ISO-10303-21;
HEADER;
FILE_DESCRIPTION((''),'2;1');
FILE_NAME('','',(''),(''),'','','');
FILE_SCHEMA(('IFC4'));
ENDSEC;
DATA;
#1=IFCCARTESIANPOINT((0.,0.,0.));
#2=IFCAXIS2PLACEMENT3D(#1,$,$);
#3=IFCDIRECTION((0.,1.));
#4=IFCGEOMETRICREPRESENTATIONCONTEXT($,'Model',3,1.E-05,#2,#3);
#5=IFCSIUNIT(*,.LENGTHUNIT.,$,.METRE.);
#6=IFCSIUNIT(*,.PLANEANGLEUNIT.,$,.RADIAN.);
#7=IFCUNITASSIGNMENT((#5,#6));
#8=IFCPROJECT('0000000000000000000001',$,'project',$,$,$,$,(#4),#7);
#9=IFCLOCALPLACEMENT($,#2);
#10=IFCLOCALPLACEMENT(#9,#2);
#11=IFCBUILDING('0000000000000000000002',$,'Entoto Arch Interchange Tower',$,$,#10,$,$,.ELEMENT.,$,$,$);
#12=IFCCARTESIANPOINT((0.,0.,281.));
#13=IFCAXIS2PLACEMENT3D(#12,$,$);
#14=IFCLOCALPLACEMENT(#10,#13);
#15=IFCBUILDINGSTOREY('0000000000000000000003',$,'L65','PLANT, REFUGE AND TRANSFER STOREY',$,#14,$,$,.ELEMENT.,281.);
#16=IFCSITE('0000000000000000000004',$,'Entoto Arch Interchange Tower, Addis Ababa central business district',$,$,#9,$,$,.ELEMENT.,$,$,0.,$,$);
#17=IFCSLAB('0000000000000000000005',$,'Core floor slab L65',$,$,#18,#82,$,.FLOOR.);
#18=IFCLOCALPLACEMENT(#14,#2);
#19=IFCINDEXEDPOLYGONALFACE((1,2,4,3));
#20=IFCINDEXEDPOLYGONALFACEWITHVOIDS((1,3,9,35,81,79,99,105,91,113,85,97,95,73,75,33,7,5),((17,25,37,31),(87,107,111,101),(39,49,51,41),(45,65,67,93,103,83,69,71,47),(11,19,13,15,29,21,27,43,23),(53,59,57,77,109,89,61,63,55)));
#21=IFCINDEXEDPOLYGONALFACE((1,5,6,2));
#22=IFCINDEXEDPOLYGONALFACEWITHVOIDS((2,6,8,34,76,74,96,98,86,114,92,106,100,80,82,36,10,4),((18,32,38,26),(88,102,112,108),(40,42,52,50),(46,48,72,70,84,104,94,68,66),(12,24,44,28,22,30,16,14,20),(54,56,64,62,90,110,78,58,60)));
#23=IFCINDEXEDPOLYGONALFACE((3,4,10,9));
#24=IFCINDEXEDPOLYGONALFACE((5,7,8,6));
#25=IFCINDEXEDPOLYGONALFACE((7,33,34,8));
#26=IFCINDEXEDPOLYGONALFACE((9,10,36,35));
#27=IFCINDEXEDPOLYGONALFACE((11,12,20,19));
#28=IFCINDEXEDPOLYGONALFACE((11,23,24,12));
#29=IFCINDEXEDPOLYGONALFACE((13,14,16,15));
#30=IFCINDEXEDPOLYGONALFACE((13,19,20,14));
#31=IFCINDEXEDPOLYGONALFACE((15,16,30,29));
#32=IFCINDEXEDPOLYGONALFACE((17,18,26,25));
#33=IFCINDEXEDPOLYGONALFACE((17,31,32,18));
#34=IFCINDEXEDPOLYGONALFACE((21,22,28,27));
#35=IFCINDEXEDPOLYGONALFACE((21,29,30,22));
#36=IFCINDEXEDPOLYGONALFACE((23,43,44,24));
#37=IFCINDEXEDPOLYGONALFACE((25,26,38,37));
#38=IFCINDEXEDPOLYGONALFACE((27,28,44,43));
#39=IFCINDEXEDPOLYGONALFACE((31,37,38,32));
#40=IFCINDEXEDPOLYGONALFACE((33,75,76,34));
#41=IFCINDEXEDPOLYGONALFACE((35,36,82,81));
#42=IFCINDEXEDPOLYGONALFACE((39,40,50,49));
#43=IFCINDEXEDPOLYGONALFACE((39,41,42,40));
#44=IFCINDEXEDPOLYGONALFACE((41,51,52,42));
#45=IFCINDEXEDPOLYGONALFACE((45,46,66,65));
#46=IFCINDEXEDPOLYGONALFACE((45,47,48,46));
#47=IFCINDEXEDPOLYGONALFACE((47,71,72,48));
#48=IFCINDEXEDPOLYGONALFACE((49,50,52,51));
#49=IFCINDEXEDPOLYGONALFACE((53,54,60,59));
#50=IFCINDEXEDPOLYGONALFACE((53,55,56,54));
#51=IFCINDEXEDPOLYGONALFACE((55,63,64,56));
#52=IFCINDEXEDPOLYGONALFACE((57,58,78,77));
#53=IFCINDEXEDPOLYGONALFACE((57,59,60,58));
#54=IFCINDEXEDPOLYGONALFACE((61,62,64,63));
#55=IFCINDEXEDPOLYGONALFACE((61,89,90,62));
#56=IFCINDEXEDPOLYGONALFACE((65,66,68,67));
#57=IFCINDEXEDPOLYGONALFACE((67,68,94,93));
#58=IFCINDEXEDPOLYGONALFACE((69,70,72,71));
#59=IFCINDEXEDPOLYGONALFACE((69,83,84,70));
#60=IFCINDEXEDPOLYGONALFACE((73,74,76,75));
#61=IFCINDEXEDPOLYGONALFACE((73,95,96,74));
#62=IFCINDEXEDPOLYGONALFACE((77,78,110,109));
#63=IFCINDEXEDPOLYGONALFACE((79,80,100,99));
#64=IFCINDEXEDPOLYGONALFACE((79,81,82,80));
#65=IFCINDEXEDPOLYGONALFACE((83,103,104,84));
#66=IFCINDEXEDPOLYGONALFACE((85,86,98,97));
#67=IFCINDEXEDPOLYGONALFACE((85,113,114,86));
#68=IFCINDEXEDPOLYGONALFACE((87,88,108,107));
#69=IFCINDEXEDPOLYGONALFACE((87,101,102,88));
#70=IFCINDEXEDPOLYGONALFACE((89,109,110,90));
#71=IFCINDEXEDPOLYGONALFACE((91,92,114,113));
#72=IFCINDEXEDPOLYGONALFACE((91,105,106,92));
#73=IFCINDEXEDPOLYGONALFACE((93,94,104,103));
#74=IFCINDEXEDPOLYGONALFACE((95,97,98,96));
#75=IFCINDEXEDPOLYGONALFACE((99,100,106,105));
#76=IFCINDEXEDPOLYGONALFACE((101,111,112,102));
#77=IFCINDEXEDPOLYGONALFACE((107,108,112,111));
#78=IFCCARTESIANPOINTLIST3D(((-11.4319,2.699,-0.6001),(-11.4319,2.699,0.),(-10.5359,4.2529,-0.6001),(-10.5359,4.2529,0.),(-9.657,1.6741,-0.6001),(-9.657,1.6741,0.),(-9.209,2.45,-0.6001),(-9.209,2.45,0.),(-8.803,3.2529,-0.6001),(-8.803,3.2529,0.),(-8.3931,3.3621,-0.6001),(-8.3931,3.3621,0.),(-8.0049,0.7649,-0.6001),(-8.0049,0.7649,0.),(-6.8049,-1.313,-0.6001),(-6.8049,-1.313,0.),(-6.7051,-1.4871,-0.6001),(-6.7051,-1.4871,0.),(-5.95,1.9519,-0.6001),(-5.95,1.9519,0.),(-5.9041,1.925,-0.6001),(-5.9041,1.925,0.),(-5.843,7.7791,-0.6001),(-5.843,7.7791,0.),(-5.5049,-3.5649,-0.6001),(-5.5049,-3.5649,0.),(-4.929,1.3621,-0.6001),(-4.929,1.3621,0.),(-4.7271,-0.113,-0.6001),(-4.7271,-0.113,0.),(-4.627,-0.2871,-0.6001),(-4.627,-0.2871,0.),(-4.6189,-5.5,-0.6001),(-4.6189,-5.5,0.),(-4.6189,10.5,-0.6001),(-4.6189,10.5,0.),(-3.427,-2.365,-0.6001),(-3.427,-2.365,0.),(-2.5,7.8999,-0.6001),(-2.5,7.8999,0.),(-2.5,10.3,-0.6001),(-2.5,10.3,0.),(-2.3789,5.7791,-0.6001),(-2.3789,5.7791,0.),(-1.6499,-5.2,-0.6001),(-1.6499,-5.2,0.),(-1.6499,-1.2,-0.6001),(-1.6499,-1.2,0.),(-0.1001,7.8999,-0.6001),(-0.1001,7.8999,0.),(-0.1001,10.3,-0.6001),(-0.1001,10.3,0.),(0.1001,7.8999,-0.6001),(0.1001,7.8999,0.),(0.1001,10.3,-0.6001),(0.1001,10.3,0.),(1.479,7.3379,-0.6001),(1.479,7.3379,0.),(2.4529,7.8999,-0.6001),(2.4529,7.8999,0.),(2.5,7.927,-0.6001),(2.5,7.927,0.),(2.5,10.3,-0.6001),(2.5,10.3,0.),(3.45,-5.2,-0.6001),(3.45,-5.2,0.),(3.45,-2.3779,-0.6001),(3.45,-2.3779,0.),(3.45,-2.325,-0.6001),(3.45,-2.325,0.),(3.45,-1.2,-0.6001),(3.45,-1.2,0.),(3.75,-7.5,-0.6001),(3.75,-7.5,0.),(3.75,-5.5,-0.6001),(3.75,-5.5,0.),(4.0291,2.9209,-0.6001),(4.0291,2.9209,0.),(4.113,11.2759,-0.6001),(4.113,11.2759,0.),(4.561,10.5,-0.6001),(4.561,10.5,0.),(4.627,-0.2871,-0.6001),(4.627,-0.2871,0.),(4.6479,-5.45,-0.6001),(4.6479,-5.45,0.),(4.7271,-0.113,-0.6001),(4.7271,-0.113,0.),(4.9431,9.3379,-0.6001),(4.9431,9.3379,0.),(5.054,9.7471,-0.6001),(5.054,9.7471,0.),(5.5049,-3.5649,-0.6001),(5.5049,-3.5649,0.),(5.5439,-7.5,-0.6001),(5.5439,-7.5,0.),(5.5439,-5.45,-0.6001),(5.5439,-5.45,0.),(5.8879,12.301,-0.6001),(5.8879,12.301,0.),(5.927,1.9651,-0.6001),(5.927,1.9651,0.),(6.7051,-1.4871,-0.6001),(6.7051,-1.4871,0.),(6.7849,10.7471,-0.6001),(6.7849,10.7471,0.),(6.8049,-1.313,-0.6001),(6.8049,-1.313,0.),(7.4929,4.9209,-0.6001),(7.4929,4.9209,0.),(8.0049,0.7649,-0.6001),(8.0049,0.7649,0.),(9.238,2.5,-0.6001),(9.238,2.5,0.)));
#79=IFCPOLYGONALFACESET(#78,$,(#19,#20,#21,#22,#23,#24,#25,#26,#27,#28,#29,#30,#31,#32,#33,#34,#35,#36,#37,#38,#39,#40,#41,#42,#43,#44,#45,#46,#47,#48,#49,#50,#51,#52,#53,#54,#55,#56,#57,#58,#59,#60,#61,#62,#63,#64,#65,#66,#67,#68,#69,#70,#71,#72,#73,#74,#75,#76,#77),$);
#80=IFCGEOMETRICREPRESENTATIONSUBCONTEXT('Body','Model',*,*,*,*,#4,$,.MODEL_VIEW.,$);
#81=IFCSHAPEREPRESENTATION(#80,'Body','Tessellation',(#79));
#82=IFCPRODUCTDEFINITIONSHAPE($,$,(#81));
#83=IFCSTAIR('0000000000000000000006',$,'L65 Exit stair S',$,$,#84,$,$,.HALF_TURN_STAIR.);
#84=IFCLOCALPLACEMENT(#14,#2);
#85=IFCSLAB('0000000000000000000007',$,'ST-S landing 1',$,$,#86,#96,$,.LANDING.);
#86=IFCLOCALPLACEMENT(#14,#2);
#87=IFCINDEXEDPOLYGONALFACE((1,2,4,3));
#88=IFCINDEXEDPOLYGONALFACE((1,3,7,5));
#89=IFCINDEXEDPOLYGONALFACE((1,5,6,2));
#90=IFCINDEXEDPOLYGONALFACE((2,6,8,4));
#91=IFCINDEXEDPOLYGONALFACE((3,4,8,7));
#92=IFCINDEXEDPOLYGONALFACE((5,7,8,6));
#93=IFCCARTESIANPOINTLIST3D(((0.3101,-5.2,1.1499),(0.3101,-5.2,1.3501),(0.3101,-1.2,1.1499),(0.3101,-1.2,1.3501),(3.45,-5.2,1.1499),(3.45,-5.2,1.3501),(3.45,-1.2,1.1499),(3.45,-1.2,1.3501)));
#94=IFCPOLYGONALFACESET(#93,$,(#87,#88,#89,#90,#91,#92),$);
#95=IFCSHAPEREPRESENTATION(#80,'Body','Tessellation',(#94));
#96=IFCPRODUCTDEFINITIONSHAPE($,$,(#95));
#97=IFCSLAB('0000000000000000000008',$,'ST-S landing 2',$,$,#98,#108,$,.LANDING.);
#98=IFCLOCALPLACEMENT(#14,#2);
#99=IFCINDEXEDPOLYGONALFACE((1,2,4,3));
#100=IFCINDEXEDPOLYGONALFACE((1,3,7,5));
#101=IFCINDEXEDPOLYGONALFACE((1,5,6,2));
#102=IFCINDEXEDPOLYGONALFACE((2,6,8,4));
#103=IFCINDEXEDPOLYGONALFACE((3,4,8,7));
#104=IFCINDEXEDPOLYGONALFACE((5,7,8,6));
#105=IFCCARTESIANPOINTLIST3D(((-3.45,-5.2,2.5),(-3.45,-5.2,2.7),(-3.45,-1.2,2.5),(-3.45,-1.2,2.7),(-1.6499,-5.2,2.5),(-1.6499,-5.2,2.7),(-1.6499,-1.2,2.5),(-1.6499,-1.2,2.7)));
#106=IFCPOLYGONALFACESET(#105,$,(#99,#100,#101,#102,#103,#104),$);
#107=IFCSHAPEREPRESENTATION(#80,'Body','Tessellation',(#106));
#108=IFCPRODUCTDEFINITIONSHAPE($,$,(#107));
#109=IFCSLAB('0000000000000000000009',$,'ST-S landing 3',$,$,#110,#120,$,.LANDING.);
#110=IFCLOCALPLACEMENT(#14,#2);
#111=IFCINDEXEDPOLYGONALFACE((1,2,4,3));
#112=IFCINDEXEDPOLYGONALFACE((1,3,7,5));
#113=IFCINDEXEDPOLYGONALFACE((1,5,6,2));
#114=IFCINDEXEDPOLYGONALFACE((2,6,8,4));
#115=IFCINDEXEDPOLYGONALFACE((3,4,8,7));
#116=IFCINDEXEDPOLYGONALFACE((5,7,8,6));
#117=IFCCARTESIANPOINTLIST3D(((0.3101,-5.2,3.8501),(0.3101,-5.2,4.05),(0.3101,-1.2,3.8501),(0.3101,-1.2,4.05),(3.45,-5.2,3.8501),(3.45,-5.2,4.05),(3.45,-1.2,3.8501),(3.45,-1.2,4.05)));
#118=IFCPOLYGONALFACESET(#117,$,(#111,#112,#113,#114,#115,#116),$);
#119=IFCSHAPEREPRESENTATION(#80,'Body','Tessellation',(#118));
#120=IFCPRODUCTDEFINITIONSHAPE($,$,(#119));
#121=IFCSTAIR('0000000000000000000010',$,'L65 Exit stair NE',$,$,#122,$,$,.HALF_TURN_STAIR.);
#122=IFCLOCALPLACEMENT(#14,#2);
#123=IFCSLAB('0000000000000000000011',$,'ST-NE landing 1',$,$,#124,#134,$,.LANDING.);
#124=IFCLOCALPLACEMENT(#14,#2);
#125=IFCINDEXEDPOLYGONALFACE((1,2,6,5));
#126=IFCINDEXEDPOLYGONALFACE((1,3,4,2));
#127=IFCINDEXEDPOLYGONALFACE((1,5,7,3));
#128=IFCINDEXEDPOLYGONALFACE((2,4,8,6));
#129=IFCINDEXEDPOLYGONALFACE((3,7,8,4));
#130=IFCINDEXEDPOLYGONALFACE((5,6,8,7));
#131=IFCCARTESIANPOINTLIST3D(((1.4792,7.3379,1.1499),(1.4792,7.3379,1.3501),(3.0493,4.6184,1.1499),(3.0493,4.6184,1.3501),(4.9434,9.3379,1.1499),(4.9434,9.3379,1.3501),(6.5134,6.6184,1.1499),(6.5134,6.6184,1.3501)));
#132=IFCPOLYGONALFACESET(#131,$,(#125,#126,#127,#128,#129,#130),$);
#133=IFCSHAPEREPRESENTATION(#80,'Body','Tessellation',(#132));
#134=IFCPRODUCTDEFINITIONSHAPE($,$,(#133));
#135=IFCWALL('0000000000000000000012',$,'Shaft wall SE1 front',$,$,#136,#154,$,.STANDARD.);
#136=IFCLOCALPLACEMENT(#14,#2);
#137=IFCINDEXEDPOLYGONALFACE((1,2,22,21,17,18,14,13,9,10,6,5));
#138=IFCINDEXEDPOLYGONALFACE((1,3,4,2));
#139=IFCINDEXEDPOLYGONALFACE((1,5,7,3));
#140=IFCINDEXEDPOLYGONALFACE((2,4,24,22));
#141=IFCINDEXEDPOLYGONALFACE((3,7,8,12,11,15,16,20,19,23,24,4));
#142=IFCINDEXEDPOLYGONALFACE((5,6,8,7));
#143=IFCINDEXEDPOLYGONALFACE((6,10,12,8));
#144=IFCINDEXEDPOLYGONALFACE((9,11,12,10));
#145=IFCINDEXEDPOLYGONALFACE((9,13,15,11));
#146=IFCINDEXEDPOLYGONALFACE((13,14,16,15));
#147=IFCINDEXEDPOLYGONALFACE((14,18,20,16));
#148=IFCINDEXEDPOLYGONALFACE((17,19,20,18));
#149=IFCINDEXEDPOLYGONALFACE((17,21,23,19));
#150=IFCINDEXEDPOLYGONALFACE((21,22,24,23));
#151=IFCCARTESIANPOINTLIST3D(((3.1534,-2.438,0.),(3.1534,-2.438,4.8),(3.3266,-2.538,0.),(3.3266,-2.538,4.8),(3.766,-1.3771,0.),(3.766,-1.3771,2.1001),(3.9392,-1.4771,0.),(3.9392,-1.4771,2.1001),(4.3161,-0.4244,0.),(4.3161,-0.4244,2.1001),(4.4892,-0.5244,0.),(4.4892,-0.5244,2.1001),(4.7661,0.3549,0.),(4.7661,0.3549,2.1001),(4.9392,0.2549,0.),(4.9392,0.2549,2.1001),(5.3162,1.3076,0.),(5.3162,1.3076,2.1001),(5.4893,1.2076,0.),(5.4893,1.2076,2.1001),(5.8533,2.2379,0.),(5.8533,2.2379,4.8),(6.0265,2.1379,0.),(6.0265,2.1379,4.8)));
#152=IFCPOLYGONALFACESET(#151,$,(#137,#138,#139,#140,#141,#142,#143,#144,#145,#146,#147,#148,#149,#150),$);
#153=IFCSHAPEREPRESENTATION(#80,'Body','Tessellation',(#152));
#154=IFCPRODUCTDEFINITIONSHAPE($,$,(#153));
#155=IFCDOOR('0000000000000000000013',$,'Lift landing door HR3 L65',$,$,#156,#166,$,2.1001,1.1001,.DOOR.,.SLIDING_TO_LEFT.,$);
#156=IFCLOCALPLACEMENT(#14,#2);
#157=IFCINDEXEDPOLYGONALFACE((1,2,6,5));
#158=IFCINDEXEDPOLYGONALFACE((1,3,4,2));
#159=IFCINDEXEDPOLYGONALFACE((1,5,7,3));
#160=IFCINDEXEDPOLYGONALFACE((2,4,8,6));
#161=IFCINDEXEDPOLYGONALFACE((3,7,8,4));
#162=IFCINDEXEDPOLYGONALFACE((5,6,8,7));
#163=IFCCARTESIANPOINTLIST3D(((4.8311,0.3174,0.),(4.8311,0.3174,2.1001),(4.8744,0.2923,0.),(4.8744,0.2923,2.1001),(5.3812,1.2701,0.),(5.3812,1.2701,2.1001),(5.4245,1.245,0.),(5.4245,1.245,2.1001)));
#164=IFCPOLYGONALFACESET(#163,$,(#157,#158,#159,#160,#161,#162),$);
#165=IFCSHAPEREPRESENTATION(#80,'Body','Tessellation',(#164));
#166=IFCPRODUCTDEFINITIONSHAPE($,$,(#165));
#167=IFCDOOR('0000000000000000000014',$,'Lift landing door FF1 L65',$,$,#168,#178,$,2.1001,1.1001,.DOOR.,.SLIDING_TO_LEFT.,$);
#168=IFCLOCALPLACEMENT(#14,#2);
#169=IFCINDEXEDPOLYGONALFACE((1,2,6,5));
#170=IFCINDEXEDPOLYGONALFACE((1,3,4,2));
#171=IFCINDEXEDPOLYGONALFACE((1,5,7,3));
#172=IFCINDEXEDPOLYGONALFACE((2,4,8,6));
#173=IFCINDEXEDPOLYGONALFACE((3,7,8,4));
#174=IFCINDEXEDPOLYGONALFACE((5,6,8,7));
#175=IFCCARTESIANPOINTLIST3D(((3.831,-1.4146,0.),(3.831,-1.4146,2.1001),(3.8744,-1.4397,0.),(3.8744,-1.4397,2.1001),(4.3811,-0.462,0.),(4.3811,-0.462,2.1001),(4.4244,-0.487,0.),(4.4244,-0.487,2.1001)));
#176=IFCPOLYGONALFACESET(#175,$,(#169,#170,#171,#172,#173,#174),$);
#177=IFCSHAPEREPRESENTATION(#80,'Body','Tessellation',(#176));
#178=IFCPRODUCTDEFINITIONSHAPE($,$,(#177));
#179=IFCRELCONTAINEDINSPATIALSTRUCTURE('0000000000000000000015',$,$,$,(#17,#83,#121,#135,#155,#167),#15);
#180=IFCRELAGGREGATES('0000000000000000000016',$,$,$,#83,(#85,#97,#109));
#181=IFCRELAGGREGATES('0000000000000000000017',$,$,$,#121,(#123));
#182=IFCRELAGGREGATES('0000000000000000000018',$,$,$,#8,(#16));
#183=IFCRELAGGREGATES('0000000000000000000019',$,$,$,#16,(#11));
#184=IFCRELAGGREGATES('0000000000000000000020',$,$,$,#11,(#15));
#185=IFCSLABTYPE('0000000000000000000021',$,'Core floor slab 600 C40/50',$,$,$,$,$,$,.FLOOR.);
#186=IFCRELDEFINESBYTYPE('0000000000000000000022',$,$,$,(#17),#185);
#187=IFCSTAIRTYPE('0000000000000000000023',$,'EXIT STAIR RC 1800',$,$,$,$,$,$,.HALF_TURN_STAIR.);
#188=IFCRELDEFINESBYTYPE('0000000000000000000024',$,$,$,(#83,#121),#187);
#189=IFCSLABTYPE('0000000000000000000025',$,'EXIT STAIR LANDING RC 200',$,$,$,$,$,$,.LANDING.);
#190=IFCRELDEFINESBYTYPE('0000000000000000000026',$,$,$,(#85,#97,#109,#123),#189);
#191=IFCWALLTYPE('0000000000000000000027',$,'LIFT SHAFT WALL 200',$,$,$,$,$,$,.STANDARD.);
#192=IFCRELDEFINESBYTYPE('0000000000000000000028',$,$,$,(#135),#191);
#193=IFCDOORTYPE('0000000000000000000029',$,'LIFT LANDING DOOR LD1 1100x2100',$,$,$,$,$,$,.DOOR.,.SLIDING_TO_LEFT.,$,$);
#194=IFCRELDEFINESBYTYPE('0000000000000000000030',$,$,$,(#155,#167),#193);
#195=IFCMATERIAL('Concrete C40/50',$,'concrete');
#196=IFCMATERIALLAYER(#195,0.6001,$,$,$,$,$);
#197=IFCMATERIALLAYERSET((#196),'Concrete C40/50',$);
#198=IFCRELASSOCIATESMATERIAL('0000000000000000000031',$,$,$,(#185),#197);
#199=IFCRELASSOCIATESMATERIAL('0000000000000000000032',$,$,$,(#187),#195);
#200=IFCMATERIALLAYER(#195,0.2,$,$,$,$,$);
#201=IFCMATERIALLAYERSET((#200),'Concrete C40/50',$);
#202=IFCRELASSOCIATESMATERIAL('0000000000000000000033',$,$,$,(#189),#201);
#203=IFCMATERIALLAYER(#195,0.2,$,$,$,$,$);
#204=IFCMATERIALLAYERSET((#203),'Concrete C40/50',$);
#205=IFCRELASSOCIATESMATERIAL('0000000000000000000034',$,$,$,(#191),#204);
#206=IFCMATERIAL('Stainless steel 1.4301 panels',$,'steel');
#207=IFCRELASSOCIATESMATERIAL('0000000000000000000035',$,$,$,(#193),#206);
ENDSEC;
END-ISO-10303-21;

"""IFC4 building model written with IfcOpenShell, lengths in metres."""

from ifc_helpers import new_model, si_unit, direction, frame, frame_2d, origin, place, context, subcontext, project, spatial, polyline, rectangle, outline, extrude, material, layer, layer_set, type_object, element, fill, aggregate, save


model = new_model("IFC4")

# Units and contexts
model_context = context("Model", 3, precision=1e-05, world=origin(), true_north=direction((0.0, 1.0)))
body_context = subcontext(model_context, "Body", "Model", "MODEL_VIEW")
ifc_project = project(units=[si_unit("LENGTHUNIT", "METRE"), si_unit("PLANEANGLEUNIT", "RADIAN")], contexts=[model_context])

# Site, building, storey
site_placement = place(None, origin())
site = spatial("IfcSite", under=ifc_project, at=site_placement, Name="Entoto Arch Interchange Tower, Addis Ababa central business district", CompositionType="ELEMENT", RefElevation=0.0)
building_placement = place(site_placement, origin())
building = spatial("IfcBuilding", under=site, at=building_placement, Name="Entoto Arch Interchange Tower", CompositionType="ELEMENT")
storey_placement = place(building_placement, frame((0.0, 0.0, 281.0)))
storey = spatial("IfcBuildingStorey", under=building, at=storey_placement, Name="L65", Description="PLANT, REFUGE AND TRANSFER STOREY", CompositionType="ELEMENT", Elevation=281.0)

# Slab
ifc_material_1 = material(Name="Concrete C40/50", Category="concrete")
ifc_layer_1 = layer(ifc_material_1, 0.6001)
ifc_layer_set_1 = layer_set([ifc_layer_1], Name="Concrete C40/50")
slab_type_1 = type_object("IfcSlabType", Name="Core floor slab 600 C40/50", PredefinedType="FLOOR", material=ifc_layer_set_1)
slab_1_placement = place(storey_placement, frame((0.0, 0.0, -0.6001)))
element("IfcSlab", 1, at=slab_1_placement, inside=storey, type_object=slab_type_1, Name="Core floor slab L65", PredefinedType="FLOOR", context=body_context, shape_type="SweptSolid", body=[
    extrude(outline(polyline([(-9.209, 2.45), (-9.657, 1.6741), (-11.4319, 2.699), (-10.5359, 4.2529), (-8.803, 3.2529), (-4.6189, 10.5), (4.561, 10.5), (4.113, 11.2759), (5.8879, 12.301), (6.7849, 10.7471), (5.054, 9.7471), (9.238, 2.5), (4.6479, -5.45), (5.5439, -5.45), (5.5439, -7.5), (3.75, -7.5), (3.75, -5.5), (-4.6189, -5.5), (-9.209, 2.45)]), holes=[polyline([(-1.6499, -5.2), (3.45, -5.2), (3.45, -2.3779), (5.5049, -3.5649), (6.7051, -1.4871), (4.627, -0.2871), (3.45, -2.325), (3.45, -1.2), (-1.6499, -1.2), (-1.6499, -5.2)]), polyline([(-4.627, -0.2871), (-6.7051, -1.4871), (-5.5049, -3.5649), (-3.427, -2.365), (-4.627, -0.2871)]), polyline([(-5.9041, 1.925), (-4.929, 1.3621), (-2.3789, 5.7791), (-5.843, 7.7791), (-8.3931, 3.3621), (-5.95, 1.9519), (-8.0049, 0.7649), (-6.8049, -1.313), (-4.7271, -0.113), (-5.9041, 1.925)]), polyline([(4.7271, -0.113), (6.8049, -1.313), (8.0049, 0.7649), (5.927, 1.9651), (4.7271, -0.113)]), polyline([(2.5, 7.927), (2.5, 10.3), (0.1001, 10.3), (0.1001, 7.8999), (2.4529, 7.8999), (1.479, 7.3379), (4.0291, 2.9209), (7.4929, 4.9209), (4.9431, 9.3379), (2.5, 7.927)]), polyline([(-2.5, 7.8999), (-0.1001, 7.8999), (-0.1001, 10.3), (-2.5, 10.3), (-2.5, 7.8999)])]), origin(), (0.0, 0.0, 1.0), 0.6001),
])

# Stair, slabs
stair_type = type_object("IfcStairType", Name="EXIT STAIR RC 1800", PredefinedType="HALF_TURN_STAIR", material=ifc_material_1)
stair_1_placement = place(storey_placement, origin())
stair_1 = element("IfcStair", 2, at=stair_1_placement, inside=storey, type_object=stair_type, Name="L65 Exit stair S", PredefinedType="HALF_TURN_STAIR")
ifc_layer_2 = layer(ifc_material_1, 0.2)
ifc_layer_set_2 = layer_set([ifc_layer_2], Name="Concrete C40/50")
slab_type_2 = type_object("IfcSlabType", Name="EXIT STAIR LANDING RC 200", PredefinedType="LANDING", material=ifc_layer_set_2)
slab_2_placement = place(storey_placement, frame((0.0, 0.0, 1.1499)))
slab_2 = element("IfcSlab", 3, at=slab_2_placement, type_object=slab_type_2, Name="ST-S landing 1", PredefinedType="LANDING", context=body_context, shape_type="SweptSolid", body=[
    extrude(outline(polyline([(0.3101, -5.2), (3.45, -5.2), (3.45, -1.2), (0.3101, -1.2), (0.3101, -5.2)])), origin(), (0.0, 0.0, 1.0), 0.2002),
])
slab_3_placement = place(storey_placement, frame((0.0, 0.0, 2.5)))
slab_3 = element("IfcSlab", 4, at=slab_3_placement, type_object=slab_type_2, Name="ST-S landing 2", PredefinedType="LANDING", context=body_context, shape_type="SweptSolid", body=[
    extrude(outline(polyline([(-3.45, -5.2), (-1.6499, -5.2), (-1.6499, -1.2), (-3.45, -1.2), (-3.45, -5.2)])), origin(), (0.0, 0.0, 1.0), 0.2),
])
slab_4_placement = place(storey_placement, frame((0.0, 0.0, 3.8501)))
slab_4 = element("IfcSlab", 5, at=slab_4_placement, type_object=slab_type_2, Name="ST-S landing 3", PredefinedType="LANDING", context=body_context, shape_type="SweptSolid", body=[
    extrude(outline(polyline([(0.3101, -5.2), (3.45, -5.2), (3.45, -1.2), (0.3101, -1.2), (0.3101, -5.2)])), origin(), (0.0, 0.0, 1.0), 0.2),
])
aggregate(stair_1, [slab_2, slab_3, slab_4])

# Stair, slab
stair_2_placement = place(storey_placement, origin())
stair_2 = element("IfcStair", 6, at=stair_2_placement, inside=storey, type_object=stair_type, Name="L65 Exit stair NE", PredefinedType="HALF_TURN_STAIR")
slab_5_placement = place(storey_placement, frame((0.0, 0.0, 1.1499)))
slab_5 = element("IfcSlab", 7, at=slab_5_placement, type_object=slab_type_2, Name="ST-NE landing 1", PredefinedType="LANDING", context=body_context, shape_type="SweptSolid", body=[
    extrude(outline(polyline([(6.5134, 6.6184), (4.9434, 9.3379), (1.4792, 7.3379), (3.0493, 4.6184), (6.5134, 6.6184)])), origin(), (0.0, 0.0, 1.0), 0.2002),
])
aggregate(stair_2, [slab_5])

# Wall, openings, doors
ifc_layer_3 = layer(ifc_material_1, 0.2)
ifc_layer_set_3 = layer_set([ifc_layer_3], Name="Concrete C40/50")
wall_type_1 = type_object("IfcWallType", Name="LIFT SHAFT WALL 200", PredefinedType="STANDARD", material=ifc_layer_set_3)
wall_1_placement = place(storey_placement, frame((3.24, -2.488, 0.0), z_axis=(0.0, 0.0, 1.0), x_axis=(0.500034, 0.866006, 0.0)))
wall_1 = element("IfcWall", 8, at=wall_1_placement, inside=storey, type_object=wall_type_1, Name="Shaft wall SE1 front", PredefinedType="STANDARD", context=body_context, shape_type="SweptSolid", body=[
    extrude(rectangle(XDim=5.3994, YDim=0.2, at=frame_2d((2.6997, 0.0))), origin(), (0.0, 0.0, 1.0), 4.8),
])
opening_1_placement = place(wall_1_placement, frame((3.2251, 0.0, 0.0)))
opening_1 = element("IfcOpeningElement", 9, at=opening_1_placement, cuts=wall_1, PredefinedType="OPENING", context=body_context, shape_type="SweptSolid", body=[
    extrude(rectangle(XDim=1.1001, YDim=2.1001, at=frame_2d((0.55, 1.05))), frame((0.0, 0.1099, 0.0), z_axis=(0.0, -1.0, 0.0), x_axis=(1.0, 0.0, 0.0)), (0.0, 0.0, 1.0), 0.22),
])
opening_2_placement = place(wall_1_placement, frame((1.2251, 0.0, 0.0)))
opening_2 = element("IfcOpeningElement", 10, at=opening_2_placement, cuts=wall_1, PredefinedType="OPENING", context=body_context, shape_type="SweptSolid", body=[
    extrude(rectangle(XDim=1.1001, YDim=2.1001, at=frame_2d((0.55, 1.05))), frame((0.0, 0.1099, 0.0), z_axis=(0.0, -1.0, 0.0), x_axis=(1.0, 0.0, 0.0)), (0.0, 0.0, 1.0), 0.22),
])
ifc_material_2 = material(Name="Stainless steel 1.4301 panels", Category="steel")
door_type = type_object("IfcDoorType", Name="LIFT LANDING DOOR LD1 1100x2100", OperationType="SLIDING_TO_LEFT", PredefinedType="DOOR", material=ifc_material_2)
door_1_placement = place(opening_1_placement, origin())
door_1 = element("IfcDoor", 11, at=door_1_placement, inside=storey, type_object=door_type, Name="Lift landing door HR3 L65", OperationType="SLIDING_TO_LEFT", OverallHeight=2.1001, OverallWidth=1.1001, PredefinedType="DOOR", context=body_context, shape_type="SweptSolid", body=[
    extrude(rectangle(XDim=1.1001, YDim=2.1001, at=frame_2d((0.55, 1.05))), frame((0.0, 0.0249, 0.0), z_axis=(0.0, -1.0, 0.0), x_axis=(1.0, 0.0, 0.0)), (0.0, 0.0, 1.0), 0.05),
])
fill(opening_1, door_1)
door_2_placement = place(opening_2_placement, origin())
door_2 = element("IfcDoor", 12, at=door_2_placement, inside=storey, type_object=door_type, Name="Lift landing door FF1 L65", OperationType="SLIDING_TO_LEFT", OverallHeight=2.1001, OverallWidth=1.1001, PredefinedType="DOOR", context=body_context, shape_type="SweptSolid", body=[
    extrude(rectangle(XDim=1.1001, YDim=2.1001, at=frame_2d((0.55, 1.05))), frame((0.0, 0.0249, 0.0), z_axis=(0.0, -1.0, 0.0), x_axis=(1.0, 0.0, 0.0)), (0.0, 0.0, 1.0), 0.05),
])
fill(opening_2, door_2)

save(model, "model.ifc")
